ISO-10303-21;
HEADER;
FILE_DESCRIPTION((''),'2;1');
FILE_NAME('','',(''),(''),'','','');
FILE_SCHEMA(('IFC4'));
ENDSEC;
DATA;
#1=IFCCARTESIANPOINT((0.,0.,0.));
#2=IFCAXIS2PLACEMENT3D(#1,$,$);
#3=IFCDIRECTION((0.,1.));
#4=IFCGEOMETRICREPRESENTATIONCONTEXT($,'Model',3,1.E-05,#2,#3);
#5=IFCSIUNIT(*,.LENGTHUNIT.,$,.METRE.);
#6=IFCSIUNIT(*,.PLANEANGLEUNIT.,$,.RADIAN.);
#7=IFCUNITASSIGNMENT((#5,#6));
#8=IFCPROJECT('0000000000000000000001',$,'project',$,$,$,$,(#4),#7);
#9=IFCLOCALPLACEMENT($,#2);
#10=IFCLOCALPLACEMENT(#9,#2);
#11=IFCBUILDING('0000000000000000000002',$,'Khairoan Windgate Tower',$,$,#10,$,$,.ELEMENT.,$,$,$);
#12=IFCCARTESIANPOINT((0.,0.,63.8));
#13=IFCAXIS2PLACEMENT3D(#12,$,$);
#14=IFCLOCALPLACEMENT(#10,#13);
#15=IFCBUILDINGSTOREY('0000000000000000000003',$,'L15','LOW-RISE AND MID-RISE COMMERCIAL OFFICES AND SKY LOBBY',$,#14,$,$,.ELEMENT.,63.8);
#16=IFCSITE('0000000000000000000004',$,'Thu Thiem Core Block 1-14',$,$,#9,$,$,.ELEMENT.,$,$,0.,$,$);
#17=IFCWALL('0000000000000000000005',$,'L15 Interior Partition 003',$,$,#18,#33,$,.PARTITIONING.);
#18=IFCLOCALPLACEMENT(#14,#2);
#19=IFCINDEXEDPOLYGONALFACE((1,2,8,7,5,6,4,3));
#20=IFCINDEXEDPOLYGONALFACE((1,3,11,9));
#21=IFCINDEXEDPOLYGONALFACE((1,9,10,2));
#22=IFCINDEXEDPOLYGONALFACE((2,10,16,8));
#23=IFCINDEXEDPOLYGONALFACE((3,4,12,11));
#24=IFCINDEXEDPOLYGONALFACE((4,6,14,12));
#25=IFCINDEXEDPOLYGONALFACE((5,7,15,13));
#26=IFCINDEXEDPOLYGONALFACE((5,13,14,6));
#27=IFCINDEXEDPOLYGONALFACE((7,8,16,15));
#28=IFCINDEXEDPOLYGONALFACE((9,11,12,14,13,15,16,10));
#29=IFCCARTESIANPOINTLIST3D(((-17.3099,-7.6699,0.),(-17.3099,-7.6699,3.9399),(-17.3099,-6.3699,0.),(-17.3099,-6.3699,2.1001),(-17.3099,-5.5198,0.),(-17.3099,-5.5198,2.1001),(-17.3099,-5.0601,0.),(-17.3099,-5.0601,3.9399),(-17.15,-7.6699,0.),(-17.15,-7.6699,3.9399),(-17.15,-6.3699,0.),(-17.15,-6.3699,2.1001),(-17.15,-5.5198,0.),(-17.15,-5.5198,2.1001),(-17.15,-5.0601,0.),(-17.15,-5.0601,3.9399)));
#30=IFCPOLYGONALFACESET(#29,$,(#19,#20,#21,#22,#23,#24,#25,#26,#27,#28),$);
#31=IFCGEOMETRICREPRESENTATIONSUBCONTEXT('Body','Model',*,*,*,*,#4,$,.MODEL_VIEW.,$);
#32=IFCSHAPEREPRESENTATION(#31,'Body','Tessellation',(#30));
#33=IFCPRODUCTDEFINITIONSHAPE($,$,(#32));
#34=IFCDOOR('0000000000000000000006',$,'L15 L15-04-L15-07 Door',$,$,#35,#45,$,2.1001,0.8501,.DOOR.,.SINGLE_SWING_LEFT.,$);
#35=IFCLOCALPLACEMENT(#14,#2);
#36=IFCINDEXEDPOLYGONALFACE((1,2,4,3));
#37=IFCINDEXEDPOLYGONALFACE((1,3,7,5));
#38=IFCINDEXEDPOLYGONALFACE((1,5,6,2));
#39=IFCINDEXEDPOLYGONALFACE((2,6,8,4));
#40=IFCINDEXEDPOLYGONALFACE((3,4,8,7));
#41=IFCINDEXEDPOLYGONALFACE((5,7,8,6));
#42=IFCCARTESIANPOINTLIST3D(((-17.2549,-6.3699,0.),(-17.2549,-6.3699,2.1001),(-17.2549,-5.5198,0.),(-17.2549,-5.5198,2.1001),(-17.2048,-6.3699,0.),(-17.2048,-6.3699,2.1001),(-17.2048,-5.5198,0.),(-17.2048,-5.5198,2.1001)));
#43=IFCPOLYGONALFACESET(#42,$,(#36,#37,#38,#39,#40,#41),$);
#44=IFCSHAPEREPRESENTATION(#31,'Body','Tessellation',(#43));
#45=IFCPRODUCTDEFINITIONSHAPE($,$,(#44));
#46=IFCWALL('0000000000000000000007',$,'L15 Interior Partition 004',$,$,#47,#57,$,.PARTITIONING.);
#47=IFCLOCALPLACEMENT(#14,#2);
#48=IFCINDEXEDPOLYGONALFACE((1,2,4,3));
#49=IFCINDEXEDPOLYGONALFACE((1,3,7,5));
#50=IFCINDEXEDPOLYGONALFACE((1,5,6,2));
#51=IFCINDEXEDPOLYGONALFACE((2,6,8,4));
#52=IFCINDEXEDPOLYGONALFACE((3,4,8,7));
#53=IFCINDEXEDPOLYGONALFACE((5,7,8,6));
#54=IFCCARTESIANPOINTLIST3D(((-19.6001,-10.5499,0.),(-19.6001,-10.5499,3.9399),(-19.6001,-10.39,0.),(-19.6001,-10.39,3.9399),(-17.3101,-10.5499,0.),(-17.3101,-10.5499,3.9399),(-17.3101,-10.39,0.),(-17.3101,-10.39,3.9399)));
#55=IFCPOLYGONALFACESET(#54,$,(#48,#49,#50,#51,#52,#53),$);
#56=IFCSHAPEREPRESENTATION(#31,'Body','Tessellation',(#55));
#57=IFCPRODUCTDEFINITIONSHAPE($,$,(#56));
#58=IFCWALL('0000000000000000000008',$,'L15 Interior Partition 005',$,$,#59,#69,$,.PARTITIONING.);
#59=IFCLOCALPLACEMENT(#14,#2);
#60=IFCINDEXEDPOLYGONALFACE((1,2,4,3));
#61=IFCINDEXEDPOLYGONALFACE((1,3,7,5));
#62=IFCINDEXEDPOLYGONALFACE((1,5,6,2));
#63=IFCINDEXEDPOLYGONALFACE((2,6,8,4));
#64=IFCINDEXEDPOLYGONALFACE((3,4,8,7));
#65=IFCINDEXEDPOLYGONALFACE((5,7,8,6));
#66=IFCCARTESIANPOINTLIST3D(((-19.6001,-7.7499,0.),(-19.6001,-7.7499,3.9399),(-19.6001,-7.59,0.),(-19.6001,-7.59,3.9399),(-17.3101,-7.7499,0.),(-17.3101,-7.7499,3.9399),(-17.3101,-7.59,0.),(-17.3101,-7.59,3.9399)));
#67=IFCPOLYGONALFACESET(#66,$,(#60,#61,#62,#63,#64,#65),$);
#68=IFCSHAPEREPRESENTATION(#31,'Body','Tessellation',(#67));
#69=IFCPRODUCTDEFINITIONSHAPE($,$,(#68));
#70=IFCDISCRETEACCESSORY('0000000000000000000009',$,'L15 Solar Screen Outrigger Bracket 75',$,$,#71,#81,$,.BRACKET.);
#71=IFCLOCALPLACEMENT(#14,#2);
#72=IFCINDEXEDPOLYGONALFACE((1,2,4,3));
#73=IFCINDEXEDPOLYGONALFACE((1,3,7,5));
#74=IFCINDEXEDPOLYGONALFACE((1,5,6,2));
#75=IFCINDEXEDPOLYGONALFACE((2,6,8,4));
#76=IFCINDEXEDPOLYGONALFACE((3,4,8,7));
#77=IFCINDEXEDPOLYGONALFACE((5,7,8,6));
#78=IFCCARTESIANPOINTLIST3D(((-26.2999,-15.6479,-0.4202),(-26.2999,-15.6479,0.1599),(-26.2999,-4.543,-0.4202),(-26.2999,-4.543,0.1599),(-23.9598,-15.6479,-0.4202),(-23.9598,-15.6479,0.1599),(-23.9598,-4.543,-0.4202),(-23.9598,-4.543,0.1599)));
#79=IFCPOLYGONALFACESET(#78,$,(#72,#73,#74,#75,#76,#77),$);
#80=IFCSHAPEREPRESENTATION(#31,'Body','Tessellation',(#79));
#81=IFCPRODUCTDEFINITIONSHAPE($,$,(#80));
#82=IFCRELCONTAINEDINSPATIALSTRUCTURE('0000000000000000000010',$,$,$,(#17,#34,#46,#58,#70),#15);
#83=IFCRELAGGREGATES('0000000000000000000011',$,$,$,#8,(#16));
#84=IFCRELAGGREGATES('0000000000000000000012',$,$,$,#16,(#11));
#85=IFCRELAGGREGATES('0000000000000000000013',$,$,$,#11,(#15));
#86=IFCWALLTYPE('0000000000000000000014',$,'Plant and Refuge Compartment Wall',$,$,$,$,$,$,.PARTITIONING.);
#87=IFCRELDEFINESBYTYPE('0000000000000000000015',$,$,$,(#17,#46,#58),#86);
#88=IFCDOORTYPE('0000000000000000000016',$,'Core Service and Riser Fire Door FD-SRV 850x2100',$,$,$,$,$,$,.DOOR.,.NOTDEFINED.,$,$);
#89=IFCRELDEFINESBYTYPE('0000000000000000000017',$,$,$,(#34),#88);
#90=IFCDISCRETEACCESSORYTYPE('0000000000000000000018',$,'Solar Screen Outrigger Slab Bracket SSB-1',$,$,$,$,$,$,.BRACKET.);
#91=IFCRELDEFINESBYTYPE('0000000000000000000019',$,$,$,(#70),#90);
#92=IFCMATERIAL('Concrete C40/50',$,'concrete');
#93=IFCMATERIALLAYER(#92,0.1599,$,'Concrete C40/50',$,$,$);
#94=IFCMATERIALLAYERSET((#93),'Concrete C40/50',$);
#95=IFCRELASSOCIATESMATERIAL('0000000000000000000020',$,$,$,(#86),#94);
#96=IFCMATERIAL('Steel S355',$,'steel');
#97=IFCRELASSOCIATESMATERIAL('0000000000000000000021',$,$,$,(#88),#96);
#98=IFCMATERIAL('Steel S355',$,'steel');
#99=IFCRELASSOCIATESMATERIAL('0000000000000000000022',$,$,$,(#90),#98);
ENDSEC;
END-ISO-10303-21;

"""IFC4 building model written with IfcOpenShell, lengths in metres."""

from ifc_helpers import new_model, si_unit, direction, frame, frame_2d, origin, origin_2d, place, context, subcontext, project, spatial, rectangle, extrude, material, layer, layer_set, type_object, element, fill, save


model = new_model("IFC4")

# Units and contexts
model_context = context("Model", 3, precision=1e-05, world=origin(), true_north=direction((0.0, 1.0)))
body_context = subcontext(model_context, "Body", "Model", "MODEL_VIEW")
ifc_project = project(units=[si_unit("LENGTHUNIT", "METRE"), si_unit("PLANEANGLEUNIT", "RADIAN")], contexts=[model_context])

# Site, building, storey
site_placement = place(None, origin())
site = spatial("IfcSite", under=ifc_project, at=site_placement, Name="Thu Thiem Core Block 1-14", CompositionType="ELEMENT", RefElevation=0.0)
building_placement = place(site_placement, origin())
building = spatial("IfcBuilding", under=site, at=building_placement, Name="Khairoan Windgate Tower", CompositionType="ELEMENT")
storey_placement = place(building_placement, frame((0.0, 0.0, 63.8)))
storey = spatial("IfcBuildingStorey", under=building, at=storey_placement, Name="L15", Description="LOW-RISE AND MID-RISE COMMERCIAL OFFICES AND SKY LOBBY", CompositionType="ELEMENT", Elevation=63.8)

# Wall, opening, door
ifc_material_1 = material(Name="Concrete C40/50", Category="concrete")
ifc_layer_1 = layer(ifc_material_1, 0.1599, Name="Concrete C40/50")
ifc_layer_set_1 = layer_set([ifc_layer_1], Name="Concrete C40/50")
wall_type_1 = type_object("IfcWallType", Name="Plant and Refuge Compartment Wall", PredefinedType="PARTITIONING", material=ifc_layer_set_1)
ifc_material_2 = material(Name="Steel S355", Category="steel")
door_type_1 = type_object("IfcDoorType", Name="Core Service and Riser Fire Door FD-SRV 850x2100", OperationType="NOTDEFINED", PredefinedType="DOOR", material=ifc_material_2)
wall_1_placement = place(storey_placement, frame((-17.23, -7.6699, 0.0), z_axis=(0.0, 0.0, 1.0), x_axis=(0.0, 1.0, 0.0)))
wall_1 = element("IfcWall", 1, at=wall_1_placement, inside=storey, type_object=wall_type_1, Name="L15 Interior Partition 003", PredefinedType="PARTITIONING", context=body_context, shape_type="SweptSolid", body=[
    extrude(rectangle(XDim=2.6099, YDim=0.1599, at=frame_2d((1.3049, 0.0))), origin(), (0.0, 0.0, 1.0), 3.9399),
])
opening_1_placement = place(wall_1_placement, frame((1.3, 0.0, 0.0)))
opening_1 = element("IfcOpeningElement", 2, at=opening_1_placement, cuts=wall_1, PredefinedType="OPENING", context=body_context, shape_type="SweptSolid", body=[
    extrude(rectangle(XDim=0.8501, YDim=2.1001, at=frame_2d((0.425, 1.05))), frame((0.0, 0.0898, 0.0), z_axis=(0.0, -1.0, 0.0), x_axis=(1.0, 0.0, 0.0)), (0.0, 0.0, 1.0), 0.1799),
])
door_1_placement = place(opening_1_placement, origin())
door_1 = element("IfcDoor", 3, at=door_1_placement, inside=storey, type_object=door_type_1, Name="L15 L15-04-L15-07 Door", OperationType="SINGLE_SWING_LEFT", OverallHeight=2.1001, OverallWidth=0.8501, PredefinedType="DOOR", context=body_context, shape_type="SweptSolid", body=[
    extrude(rectangle(XDim=0.8501, YDim=2.1001, at=frame_2d((0.425, 1.05))), frame((0.0, 0.0249, 0.0), z_axis=(0.0, -1.0, 0.0), x_axis=(1.0, 0.0, 0.0)), (0.0, 0.0, 1.0), 0.05),
])
fill(opening_1, door_1)

# Walls
for number, where, z_axis, x_axis, name in (
    (4, (-19.6001, -10.47, 0.0), (0.0, 0.0, 1.0), (1.0, 0.0, 0.0), "L15 Interior Partition 004"),
    (5, (-19.6001, -7.6699, 0.0), (0.0, 0.0, 1.0), (1.0, 0.0, 0.0), "L15 Interior Partition 005"),
):
    element("IfcWall", number, at=place(storey_placement, frame(where, z_axis=z_axis, x_axis=x_axis)), inside=storey, type_object=wall_type_1, Name=name, PredefinedType="PARTITIONING", context=body_context, shape_type="SweptSolid", body=[
        extrude(rectangle(XDim=2.29, YDim=0.1599, at=frame_2d((1.145, 0.0))), origin(), (0.0, 0.0, 1.0), 3.9399),
    ])

# Discrete accessory
ifc_material_3 = material(Name="Steel S355", Category="steel")
discrete_accessory_type = type_object("IfcDiscreteAccessoryType", Name="Solar Screen Outrigger Slab Bracket SSB-1", PredefinedType="BRACKET", material=ifc_material_3)
discrete_accessory_placement = place(storey_placement, frame((-25.1299, -10.0955, -0.4202), z_axis=(0.0, 0.0, 1.0), x_axis=(0.0, 1.0, 0.0)))
element("IfcDiscreteAccessory", 6, at=discrete_accessory_placement, inside=storey, type_object=discrete_accessory_type, Name="L15 Solar Screen Outrigger Bracket 75", PredefinedType="BRACKET", context=body_context, shape_type="SweptSolid", body=[
    extrude(rectangle(XDim=11.105, YDim=2.3401, at=origin_2d()), origin(), (0.0, 0.0, 1.0), 0.5801),
])

save(model, "model.ifc")
